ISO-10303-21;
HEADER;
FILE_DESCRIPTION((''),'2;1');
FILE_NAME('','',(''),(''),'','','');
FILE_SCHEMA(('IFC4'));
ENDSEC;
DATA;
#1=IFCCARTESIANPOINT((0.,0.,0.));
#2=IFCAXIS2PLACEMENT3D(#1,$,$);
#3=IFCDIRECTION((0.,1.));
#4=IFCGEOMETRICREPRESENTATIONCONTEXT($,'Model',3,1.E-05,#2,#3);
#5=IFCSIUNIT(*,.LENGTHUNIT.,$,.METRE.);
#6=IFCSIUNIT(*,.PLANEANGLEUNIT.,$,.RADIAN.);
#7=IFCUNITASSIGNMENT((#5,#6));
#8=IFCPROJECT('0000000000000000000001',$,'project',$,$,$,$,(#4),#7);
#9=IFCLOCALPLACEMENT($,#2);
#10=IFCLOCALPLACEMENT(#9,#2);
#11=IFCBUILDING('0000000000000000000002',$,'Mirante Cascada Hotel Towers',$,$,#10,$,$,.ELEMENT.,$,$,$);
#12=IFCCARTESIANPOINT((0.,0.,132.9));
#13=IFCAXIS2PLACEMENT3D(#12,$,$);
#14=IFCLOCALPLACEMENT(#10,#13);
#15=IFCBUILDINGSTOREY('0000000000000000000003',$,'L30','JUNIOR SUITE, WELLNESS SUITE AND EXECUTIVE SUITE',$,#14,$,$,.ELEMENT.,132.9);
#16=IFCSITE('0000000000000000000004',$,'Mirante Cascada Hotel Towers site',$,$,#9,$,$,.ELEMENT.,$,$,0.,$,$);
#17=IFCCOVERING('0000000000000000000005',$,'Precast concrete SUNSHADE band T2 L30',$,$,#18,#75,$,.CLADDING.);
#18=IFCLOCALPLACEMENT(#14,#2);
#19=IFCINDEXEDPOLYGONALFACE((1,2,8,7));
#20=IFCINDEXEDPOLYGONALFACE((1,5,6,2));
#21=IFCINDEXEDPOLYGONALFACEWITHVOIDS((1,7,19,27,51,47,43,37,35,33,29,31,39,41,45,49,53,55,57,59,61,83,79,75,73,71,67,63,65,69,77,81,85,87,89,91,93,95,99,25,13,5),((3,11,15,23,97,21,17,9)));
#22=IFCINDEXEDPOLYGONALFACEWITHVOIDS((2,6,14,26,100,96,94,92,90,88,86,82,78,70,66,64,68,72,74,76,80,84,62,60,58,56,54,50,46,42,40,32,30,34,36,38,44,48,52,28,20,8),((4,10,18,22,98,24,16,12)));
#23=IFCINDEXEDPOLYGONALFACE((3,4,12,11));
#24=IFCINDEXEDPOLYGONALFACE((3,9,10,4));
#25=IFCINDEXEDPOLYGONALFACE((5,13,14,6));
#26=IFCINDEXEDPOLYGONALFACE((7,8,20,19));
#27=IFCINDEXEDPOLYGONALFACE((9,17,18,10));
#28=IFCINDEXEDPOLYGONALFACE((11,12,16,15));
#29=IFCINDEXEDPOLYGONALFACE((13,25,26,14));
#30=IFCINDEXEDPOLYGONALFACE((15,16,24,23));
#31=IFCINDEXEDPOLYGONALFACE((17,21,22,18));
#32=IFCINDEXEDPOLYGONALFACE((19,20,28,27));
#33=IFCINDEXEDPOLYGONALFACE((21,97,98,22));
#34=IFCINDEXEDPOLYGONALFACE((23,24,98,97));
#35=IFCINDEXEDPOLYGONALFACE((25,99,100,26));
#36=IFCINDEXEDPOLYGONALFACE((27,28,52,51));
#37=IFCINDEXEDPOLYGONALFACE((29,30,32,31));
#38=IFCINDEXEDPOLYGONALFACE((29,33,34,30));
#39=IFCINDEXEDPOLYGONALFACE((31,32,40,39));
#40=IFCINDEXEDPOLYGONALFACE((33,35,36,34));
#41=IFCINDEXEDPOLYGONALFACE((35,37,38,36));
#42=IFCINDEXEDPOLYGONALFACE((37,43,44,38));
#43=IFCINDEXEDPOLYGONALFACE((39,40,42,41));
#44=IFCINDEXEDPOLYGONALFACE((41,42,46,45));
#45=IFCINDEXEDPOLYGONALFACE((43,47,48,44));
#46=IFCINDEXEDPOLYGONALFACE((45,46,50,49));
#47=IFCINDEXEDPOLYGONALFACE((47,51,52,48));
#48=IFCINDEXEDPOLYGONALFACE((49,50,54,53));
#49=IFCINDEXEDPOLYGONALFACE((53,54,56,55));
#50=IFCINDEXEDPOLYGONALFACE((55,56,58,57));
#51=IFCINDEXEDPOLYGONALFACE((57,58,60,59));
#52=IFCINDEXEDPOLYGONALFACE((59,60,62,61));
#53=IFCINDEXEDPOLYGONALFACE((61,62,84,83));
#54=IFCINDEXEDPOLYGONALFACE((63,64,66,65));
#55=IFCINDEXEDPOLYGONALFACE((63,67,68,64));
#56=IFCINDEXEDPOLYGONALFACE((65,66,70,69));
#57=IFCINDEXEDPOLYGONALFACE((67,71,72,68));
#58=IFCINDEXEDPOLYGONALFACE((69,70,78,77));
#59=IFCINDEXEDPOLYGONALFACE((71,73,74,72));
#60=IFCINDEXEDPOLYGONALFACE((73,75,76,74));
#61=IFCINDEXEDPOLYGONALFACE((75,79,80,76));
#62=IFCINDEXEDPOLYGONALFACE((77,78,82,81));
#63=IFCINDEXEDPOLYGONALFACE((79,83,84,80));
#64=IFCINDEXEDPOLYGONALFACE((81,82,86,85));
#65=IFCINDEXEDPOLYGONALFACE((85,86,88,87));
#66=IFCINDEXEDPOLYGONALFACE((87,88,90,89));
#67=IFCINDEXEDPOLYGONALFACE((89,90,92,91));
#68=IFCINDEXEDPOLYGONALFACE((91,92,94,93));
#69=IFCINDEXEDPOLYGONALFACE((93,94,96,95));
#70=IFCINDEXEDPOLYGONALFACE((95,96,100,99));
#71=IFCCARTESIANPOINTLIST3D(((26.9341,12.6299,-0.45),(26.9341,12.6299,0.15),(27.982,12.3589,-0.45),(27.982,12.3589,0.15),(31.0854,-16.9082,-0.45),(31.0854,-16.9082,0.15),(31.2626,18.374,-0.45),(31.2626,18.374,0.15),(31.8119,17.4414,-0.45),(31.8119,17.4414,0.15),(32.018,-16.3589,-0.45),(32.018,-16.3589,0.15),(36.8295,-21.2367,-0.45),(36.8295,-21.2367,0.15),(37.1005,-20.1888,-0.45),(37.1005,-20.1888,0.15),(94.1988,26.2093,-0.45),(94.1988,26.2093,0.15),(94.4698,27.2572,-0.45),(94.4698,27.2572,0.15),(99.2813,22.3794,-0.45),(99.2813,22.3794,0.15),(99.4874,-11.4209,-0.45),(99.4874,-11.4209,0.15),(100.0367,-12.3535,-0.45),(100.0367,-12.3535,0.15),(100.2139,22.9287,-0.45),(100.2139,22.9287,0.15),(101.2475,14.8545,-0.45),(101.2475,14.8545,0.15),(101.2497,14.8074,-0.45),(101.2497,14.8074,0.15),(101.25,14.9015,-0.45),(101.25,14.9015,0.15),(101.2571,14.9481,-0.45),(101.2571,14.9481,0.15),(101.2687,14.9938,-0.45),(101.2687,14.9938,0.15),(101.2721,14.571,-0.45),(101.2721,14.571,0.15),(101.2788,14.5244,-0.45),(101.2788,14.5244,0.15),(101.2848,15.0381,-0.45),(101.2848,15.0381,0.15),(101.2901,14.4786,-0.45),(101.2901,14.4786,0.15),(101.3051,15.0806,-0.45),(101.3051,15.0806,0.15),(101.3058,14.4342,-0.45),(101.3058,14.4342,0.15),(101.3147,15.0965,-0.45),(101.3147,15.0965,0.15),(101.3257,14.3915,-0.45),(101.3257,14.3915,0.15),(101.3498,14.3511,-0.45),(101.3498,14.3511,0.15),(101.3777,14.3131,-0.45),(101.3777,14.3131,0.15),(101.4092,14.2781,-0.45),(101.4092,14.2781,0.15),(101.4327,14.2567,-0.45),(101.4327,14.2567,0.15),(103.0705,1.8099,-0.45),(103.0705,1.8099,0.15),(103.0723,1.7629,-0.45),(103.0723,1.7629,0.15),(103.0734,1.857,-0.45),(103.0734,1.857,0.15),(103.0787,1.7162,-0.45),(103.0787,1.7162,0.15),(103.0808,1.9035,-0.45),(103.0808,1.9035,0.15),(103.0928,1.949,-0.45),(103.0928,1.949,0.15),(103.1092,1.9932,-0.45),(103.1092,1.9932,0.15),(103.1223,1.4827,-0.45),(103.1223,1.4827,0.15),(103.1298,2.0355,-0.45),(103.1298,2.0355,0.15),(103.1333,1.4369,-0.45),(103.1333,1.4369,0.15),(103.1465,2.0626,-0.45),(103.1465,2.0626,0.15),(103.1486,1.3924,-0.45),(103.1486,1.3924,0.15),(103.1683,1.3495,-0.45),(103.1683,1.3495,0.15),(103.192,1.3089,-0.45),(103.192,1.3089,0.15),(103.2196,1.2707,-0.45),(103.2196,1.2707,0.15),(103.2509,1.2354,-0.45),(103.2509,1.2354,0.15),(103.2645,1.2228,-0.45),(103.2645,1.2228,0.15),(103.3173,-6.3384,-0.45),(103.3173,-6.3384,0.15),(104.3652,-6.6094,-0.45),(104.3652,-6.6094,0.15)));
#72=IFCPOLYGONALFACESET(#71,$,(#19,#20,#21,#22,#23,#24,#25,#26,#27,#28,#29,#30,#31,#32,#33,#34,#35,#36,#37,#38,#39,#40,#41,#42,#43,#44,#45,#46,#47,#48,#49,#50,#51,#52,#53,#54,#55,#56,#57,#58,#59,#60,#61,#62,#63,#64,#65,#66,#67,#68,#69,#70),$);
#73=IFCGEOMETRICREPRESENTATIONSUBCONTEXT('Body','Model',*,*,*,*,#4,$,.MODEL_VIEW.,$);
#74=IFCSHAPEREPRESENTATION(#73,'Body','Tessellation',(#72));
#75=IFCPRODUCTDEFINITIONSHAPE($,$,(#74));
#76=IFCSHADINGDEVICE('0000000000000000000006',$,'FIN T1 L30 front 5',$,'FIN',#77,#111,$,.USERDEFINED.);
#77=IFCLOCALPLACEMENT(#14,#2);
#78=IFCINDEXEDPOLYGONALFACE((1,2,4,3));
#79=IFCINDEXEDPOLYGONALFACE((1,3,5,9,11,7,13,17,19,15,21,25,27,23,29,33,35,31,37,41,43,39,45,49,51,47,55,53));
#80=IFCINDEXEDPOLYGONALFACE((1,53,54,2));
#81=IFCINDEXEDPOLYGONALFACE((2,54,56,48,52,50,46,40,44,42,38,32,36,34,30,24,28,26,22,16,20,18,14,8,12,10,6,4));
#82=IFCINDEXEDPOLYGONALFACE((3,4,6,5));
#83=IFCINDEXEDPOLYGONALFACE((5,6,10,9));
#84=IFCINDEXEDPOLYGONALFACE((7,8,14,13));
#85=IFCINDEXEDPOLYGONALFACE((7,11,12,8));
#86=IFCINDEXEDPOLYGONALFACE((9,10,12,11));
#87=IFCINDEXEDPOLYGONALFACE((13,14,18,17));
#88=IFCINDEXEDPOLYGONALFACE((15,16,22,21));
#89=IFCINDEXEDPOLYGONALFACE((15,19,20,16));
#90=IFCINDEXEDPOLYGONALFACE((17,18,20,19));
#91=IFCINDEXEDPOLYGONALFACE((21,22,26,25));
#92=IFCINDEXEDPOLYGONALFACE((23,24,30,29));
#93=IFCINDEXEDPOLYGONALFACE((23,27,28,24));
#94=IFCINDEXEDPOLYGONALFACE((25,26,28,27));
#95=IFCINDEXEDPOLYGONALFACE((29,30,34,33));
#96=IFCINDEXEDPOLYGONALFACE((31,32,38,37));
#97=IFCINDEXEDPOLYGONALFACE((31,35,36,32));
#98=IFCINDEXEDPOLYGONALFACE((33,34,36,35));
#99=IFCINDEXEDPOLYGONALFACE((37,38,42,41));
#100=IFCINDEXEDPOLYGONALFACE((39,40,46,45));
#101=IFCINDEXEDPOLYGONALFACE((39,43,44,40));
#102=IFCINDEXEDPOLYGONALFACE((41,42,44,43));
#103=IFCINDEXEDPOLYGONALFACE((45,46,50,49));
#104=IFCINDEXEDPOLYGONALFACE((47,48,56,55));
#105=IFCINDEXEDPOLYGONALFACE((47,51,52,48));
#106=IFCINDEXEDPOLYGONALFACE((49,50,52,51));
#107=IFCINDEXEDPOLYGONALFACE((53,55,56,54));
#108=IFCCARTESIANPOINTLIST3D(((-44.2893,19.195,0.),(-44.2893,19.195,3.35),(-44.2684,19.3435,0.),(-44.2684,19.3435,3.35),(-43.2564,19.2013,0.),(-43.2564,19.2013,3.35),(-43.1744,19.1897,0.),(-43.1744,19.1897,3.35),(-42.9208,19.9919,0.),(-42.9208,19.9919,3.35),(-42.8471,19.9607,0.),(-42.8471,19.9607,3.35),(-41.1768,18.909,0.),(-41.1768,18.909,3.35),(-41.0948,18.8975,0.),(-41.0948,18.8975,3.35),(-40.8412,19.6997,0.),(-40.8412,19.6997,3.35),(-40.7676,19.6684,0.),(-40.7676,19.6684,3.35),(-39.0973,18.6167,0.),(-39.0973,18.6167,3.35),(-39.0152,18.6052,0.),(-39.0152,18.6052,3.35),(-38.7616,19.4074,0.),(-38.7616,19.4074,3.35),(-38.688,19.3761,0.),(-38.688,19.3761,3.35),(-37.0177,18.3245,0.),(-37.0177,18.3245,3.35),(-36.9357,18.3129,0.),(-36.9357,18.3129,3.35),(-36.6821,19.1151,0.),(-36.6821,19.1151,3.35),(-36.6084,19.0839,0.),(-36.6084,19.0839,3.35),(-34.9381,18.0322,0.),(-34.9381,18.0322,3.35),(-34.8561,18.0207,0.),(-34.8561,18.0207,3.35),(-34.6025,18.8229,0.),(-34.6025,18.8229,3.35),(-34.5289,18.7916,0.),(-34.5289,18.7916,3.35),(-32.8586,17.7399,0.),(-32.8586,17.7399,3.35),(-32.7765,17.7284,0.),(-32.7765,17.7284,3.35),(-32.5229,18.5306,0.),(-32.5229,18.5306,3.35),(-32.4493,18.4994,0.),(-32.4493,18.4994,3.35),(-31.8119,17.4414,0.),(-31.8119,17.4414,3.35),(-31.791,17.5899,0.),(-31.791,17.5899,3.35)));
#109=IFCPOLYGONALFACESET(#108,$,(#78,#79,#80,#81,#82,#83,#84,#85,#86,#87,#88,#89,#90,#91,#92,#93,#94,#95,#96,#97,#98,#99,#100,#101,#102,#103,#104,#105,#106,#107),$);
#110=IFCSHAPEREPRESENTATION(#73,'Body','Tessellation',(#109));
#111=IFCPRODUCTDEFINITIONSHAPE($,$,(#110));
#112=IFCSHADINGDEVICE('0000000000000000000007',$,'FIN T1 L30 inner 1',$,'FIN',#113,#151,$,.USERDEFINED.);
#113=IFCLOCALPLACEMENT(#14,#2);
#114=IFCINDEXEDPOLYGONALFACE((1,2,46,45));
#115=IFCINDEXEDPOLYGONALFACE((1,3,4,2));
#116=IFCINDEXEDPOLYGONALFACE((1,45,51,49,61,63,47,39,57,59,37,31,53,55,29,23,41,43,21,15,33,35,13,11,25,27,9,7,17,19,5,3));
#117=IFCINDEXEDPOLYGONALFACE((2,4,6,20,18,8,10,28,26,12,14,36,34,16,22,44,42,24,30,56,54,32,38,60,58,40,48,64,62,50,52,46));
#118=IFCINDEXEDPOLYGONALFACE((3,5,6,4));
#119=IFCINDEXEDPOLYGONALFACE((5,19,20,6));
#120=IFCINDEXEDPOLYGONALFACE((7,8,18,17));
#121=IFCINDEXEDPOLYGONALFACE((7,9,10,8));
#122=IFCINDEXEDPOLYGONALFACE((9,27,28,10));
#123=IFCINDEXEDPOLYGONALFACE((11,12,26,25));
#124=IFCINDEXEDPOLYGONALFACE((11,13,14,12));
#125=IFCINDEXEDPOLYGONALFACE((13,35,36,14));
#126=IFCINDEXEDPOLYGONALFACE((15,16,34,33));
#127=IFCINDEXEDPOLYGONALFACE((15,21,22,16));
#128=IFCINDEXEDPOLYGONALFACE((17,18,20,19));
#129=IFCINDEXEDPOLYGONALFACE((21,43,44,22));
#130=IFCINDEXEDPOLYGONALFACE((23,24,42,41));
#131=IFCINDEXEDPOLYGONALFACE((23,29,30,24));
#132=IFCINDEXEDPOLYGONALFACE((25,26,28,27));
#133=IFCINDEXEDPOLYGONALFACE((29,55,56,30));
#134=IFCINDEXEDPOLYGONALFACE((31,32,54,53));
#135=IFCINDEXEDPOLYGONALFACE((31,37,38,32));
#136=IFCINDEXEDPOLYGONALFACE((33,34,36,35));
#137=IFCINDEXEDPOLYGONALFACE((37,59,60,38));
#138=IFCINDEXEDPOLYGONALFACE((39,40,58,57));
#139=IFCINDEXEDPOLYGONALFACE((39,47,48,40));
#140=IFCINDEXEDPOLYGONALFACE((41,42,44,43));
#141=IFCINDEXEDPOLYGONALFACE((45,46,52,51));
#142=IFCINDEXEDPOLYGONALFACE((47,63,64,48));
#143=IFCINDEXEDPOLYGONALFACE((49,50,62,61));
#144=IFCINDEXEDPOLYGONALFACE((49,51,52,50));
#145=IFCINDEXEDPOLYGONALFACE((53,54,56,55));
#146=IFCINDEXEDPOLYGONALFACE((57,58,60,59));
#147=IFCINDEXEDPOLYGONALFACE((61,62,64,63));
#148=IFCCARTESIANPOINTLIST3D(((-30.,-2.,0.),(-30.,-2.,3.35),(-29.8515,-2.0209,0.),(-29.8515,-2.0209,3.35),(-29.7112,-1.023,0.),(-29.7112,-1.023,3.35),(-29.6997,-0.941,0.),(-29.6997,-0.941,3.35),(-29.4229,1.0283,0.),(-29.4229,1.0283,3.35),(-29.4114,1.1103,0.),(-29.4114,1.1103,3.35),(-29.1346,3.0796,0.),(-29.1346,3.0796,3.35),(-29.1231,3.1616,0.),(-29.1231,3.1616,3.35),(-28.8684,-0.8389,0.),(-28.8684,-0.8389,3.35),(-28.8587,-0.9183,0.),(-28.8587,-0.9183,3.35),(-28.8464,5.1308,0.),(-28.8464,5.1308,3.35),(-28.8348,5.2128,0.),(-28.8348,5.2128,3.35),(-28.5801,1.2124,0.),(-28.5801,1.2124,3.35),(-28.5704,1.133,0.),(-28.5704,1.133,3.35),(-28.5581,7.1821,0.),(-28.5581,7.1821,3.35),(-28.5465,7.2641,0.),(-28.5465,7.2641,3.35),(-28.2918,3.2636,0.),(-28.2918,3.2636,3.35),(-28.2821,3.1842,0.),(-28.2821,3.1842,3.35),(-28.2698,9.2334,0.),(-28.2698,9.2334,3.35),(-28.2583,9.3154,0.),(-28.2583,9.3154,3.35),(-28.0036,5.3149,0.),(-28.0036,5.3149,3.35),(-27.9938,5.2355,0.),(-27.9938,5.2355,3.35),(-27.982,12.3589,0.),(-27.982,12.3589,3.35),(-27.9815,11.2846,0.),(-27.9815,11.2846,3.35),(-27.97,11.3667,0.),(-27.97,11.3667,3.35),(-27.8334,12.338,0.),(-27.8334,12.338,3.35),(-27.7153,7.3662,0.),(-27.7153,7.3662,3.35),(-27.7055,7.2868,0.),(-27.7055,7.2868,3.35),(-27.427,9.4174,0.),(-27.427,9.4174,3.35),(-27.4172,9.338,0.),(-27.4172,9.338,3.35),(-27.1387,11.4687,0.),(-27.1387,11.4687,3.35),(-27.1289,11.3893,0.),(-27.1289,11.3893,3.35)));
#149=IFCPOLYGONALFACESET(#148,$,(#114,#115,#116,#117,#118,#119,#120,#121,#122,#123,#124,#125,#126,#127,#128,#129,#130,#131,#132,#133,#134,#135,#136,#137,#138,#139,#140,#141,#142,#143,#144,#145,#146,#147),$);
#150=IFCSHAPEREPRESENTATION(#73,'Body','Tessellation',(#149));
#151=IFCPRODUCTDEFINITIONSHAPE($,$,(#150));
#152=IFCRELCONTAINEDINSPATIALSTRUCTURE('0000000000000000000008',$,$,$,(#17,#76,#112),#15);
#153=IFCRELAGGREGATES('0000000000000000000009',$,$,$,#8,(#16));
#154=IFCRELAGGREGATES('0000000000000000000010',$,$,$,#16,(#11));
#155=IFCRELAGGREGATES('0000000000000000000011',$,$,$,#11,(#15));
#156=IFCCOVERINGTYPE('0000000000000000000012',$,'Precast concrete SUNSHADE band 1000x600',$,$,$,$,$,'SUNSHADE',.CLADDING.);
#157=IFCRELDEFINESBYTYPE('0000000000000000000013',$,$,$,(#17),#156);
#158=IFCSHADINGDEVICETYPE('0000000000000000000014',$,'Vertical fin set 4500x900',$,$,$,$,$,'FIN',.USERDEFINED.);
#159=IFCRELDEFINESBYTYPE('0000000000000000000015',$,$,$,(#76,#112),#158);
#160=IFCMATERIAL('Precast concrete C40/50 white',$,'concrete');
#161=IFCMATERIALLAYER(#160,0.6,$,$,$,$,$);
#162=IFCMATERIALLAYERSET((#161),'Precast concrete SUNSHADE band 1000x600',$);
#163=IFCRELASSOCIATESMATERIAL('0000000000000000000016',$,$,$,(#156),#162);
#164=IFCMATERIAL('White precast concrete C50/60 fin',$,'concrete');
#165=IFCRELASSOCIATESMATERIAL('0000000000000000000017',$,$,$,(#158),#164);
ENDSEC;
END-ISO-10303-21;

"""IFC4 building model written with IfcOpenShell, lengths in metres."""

from ifc_helpers import new_model, si_unit, direction, frame, origin, place, context, subcontext, project, spatial, polyline, outline, extrude, material, layer, layer_set, type_object, element, save


model = new_model("IFC4")

# Units and contexts
model_context = context("Model", 3, precision=1e-05, world=origin(), true_north=direction((0.0, 1.0)))
body_context = subcontext(model_context, "Body", "Model", "MODEL_VIEW")
ifc_project = project(units=[si_unit("LENGTHUNIT", "METRE"), si_unit("PLANEANGLEUNIT", "RADIAN")], contexts=[model_context])

# Site, building, storey
site_placement = place(None, origin())
site = spatial("IfcSite", under=ifc_project, at=site_placement, Name="Mirante Cascada Hotel Towers site", CompositionType="ELEMENT", RefElevation=0.0)
building_placement = place(site_placement, origin())
building = spatial("IfcBuilding", under=site, at=building_placement, Name="Mirante Cascada Hotel Towers", CompositionType="ELEMENT")
storey_placement = place(building_placement, frame((0.0, 0.0, 132.9)))
storey = spatial("IfcBuildingStorey", under=building, at=storey_placement, Name="L30", Description="JUNIOR SUITE, WELLNESS SUITE AND EXECUTIVE SUITE", CompositionType="ELEMENT", Elevation=132.9)

# Covering
ifc_material_1 = material(Name="Precast concrete C40/50 white", Category="concrete")
ifc_layer_1 = layer(ifc_material_1, 0.6)
ifc_layer_set_1 = layer_set([ifc_layer_1], Name="Precast concrete SUNSHADE band 1000x600")
covering_type = type_object("IfcCoveringType", Name="Precast concrete SUNSHADE band 1000x600", ElementType="SUNSHADE", PredefinedType="CLADDING", material=ifc_layer_set_1)
covering_placement = place(storey_placement, frame((0.0, 0.0, -0.45)))
element("IfcCovering", 1, at=covering_placement, inside=storey, type_object=covering_type, Name="Precast concrete SUNSHADE band T2 L30", PredefinedType="CLADDING", context=body_context, shape_type="SweptSolid", body=[
    extrude(outline(polyline([(26.9341, 12.6299), (31.2626, 18.374), (94.4698, 27.2572), (100.2139, 22.9287), (101.3147, 15.0965), (101.3051, 15.0806), (101.2848, 15.0381), (101.2687, 14.9938), (101.2571, 14.9481), (101.25, 14.9015), (101.2475, 14.8545), (101.2497, 14.8074), (101.2721, 14.571), (101.2788, 14.5244), (101.2901, 14.4786), (101.3058, 14.4342), (101.3257, 14.3915), (101.3498, 14.3511), (101.3777, 14.3131), (101.4092, 14.2781), (101.4327, 14.2567), (103.1465, 2.0626), (103.1298, 2.0355), (103.1092, 1.9932), (103.0928, 1.949), (103.0808, 1.9035), (103.0734, 1.857), (103.0705, 1.8099), (103.0723, 1.7629), (103.0787, 1.7162), (103.1223, 1.4827), (103.1333, 1.4369), (103.1486, 1.3924), (103.1683, 1.3495), (103.192, 1.3089), (103.2196, 1.2707), (103.2509, 1.2354), (103.2645, 1.2228), (104.3652, -6.6094), (100.0367, -12.3535), (36.8295, -21.2367), (31.0854, -16.9082), (26.9341, 12.6299)]), holes=[polyline([(103.3173, -6.3384), (99.2813, 22.3794), (94.1988, 26.2093), (31.8119, 17.4414), (27.982, 12.3589), (32.018, -16.3589), (37.1005, -20.1888), (99.4874, -11.4209), (103.3173, -6.3384)])]), origin(), (0.0, 0.0, 1.0), 0.6),
])

# Shading devices
ifc_material_2 = material(Name="White precast concrete C50/60 fin", Category="concrete")
shading_device_type = type_object("IfcShadingDeviceType", Name="Vertical fin set 4500x900", ElementType="FIN", PredefinedType="USERDEFINED", material=ifc_material_2)
shading_device_1_placement = place(storey_placement, origin())
element("IfcShadingDevice", 2, at=shading_device_1_placement, inside=storey, type_object=shading_device_type, Name="FIN T1 L30 front 5", ObjectType="FIN", PredefinedType="USERDEFINED", context=body_context, shape_type="SweptSolid", body=[
    extrude(outline(polyline([(-32.4493, 18.4994), (-32.7765, 17.7284), (-31.791, 17.5899), (-31.8119, 17.4414), (-44.2893, 19.195), (-44.2684, 19.3435), (-43.2564, 19.2013), (-42.9208, 19.9919), (-42.8471, 19.9607), (-43.1744, 19.1897), (-41.1768, 18.909), (-40.8412, 19.6997), (-40.7676, 19.6684), (-41.0948, 18.8975), (-39.0973, 18.6167), (-38.7616, 19.4074), (-38.688, 19.3761), (-39.0152, 18.6052), (-37.0177, 18.3245), (-36.6821, 19.1151), (-36.6084, 19.0839), (-36.9357, 18.3129), (-34.9381, 18.0322), (-34.6025, 18.8229), (-34.5289, 18.7916), (-34.8561, 18.0207), (-32.8586, 17.7399), (-32.5229, 18.5306), (-32.4493, 18.4994)])), origin(), (0.0, 0.0, 1.0), 3.35),
])
shading_device_2_placement = place(storey_placement, origin())
element("IfcShadingDevice", 3, at=shading_device_2_placement, inside=storey, type_object=shading_device_type, Name="FIN T1 L30 inner 1", ObjectType="FIN", PredefinedType="USERDEFINED", context=body_context, shape_type="SweptSolid", body=[
    extrude(outline(polyline([(-29.7112, -1.023), (-29.8515, -2.0209), (-30.0, -2.0), (-27.982, 12.3589), (-27.8334, 12.338), (-27.97, 11.3667), (-27.1387, 11.4687), (-27.1289, 11.3893), (-27.9815, 11.2846), (-28.2583, 9.3154), (-27.427, 9.4174), (-27.4172, 9.338), (-28.2698, 9.2334), (-28.5465, 7.2641), (-27.7153, 7.3662), (-27.7055, 7.2868), (-28.5581, 7.1821), (-28.8348, 5.2128), (-28.0036, 5.3149), (-27.9938, 5.2355), (-28.8464, 5.1308), (-29.1231, 3.1616), (-28.2918, 3.2636), (-28.2821, 3.1842), (-29.1346, 3.0796), (-29.4114, 1.1103), (-28.5801, 1.2124), (-28.5704, 1.133), (-29.4229, 1.0283), (-29.6997, -0.941), (-28.8684, -0.8389), (-28.8587, -0.9183), (-29.7112, -1.023)])), origin(), (0.0, 0.0, 1.0), 3.35),
])

save(model, "model.ifc")
